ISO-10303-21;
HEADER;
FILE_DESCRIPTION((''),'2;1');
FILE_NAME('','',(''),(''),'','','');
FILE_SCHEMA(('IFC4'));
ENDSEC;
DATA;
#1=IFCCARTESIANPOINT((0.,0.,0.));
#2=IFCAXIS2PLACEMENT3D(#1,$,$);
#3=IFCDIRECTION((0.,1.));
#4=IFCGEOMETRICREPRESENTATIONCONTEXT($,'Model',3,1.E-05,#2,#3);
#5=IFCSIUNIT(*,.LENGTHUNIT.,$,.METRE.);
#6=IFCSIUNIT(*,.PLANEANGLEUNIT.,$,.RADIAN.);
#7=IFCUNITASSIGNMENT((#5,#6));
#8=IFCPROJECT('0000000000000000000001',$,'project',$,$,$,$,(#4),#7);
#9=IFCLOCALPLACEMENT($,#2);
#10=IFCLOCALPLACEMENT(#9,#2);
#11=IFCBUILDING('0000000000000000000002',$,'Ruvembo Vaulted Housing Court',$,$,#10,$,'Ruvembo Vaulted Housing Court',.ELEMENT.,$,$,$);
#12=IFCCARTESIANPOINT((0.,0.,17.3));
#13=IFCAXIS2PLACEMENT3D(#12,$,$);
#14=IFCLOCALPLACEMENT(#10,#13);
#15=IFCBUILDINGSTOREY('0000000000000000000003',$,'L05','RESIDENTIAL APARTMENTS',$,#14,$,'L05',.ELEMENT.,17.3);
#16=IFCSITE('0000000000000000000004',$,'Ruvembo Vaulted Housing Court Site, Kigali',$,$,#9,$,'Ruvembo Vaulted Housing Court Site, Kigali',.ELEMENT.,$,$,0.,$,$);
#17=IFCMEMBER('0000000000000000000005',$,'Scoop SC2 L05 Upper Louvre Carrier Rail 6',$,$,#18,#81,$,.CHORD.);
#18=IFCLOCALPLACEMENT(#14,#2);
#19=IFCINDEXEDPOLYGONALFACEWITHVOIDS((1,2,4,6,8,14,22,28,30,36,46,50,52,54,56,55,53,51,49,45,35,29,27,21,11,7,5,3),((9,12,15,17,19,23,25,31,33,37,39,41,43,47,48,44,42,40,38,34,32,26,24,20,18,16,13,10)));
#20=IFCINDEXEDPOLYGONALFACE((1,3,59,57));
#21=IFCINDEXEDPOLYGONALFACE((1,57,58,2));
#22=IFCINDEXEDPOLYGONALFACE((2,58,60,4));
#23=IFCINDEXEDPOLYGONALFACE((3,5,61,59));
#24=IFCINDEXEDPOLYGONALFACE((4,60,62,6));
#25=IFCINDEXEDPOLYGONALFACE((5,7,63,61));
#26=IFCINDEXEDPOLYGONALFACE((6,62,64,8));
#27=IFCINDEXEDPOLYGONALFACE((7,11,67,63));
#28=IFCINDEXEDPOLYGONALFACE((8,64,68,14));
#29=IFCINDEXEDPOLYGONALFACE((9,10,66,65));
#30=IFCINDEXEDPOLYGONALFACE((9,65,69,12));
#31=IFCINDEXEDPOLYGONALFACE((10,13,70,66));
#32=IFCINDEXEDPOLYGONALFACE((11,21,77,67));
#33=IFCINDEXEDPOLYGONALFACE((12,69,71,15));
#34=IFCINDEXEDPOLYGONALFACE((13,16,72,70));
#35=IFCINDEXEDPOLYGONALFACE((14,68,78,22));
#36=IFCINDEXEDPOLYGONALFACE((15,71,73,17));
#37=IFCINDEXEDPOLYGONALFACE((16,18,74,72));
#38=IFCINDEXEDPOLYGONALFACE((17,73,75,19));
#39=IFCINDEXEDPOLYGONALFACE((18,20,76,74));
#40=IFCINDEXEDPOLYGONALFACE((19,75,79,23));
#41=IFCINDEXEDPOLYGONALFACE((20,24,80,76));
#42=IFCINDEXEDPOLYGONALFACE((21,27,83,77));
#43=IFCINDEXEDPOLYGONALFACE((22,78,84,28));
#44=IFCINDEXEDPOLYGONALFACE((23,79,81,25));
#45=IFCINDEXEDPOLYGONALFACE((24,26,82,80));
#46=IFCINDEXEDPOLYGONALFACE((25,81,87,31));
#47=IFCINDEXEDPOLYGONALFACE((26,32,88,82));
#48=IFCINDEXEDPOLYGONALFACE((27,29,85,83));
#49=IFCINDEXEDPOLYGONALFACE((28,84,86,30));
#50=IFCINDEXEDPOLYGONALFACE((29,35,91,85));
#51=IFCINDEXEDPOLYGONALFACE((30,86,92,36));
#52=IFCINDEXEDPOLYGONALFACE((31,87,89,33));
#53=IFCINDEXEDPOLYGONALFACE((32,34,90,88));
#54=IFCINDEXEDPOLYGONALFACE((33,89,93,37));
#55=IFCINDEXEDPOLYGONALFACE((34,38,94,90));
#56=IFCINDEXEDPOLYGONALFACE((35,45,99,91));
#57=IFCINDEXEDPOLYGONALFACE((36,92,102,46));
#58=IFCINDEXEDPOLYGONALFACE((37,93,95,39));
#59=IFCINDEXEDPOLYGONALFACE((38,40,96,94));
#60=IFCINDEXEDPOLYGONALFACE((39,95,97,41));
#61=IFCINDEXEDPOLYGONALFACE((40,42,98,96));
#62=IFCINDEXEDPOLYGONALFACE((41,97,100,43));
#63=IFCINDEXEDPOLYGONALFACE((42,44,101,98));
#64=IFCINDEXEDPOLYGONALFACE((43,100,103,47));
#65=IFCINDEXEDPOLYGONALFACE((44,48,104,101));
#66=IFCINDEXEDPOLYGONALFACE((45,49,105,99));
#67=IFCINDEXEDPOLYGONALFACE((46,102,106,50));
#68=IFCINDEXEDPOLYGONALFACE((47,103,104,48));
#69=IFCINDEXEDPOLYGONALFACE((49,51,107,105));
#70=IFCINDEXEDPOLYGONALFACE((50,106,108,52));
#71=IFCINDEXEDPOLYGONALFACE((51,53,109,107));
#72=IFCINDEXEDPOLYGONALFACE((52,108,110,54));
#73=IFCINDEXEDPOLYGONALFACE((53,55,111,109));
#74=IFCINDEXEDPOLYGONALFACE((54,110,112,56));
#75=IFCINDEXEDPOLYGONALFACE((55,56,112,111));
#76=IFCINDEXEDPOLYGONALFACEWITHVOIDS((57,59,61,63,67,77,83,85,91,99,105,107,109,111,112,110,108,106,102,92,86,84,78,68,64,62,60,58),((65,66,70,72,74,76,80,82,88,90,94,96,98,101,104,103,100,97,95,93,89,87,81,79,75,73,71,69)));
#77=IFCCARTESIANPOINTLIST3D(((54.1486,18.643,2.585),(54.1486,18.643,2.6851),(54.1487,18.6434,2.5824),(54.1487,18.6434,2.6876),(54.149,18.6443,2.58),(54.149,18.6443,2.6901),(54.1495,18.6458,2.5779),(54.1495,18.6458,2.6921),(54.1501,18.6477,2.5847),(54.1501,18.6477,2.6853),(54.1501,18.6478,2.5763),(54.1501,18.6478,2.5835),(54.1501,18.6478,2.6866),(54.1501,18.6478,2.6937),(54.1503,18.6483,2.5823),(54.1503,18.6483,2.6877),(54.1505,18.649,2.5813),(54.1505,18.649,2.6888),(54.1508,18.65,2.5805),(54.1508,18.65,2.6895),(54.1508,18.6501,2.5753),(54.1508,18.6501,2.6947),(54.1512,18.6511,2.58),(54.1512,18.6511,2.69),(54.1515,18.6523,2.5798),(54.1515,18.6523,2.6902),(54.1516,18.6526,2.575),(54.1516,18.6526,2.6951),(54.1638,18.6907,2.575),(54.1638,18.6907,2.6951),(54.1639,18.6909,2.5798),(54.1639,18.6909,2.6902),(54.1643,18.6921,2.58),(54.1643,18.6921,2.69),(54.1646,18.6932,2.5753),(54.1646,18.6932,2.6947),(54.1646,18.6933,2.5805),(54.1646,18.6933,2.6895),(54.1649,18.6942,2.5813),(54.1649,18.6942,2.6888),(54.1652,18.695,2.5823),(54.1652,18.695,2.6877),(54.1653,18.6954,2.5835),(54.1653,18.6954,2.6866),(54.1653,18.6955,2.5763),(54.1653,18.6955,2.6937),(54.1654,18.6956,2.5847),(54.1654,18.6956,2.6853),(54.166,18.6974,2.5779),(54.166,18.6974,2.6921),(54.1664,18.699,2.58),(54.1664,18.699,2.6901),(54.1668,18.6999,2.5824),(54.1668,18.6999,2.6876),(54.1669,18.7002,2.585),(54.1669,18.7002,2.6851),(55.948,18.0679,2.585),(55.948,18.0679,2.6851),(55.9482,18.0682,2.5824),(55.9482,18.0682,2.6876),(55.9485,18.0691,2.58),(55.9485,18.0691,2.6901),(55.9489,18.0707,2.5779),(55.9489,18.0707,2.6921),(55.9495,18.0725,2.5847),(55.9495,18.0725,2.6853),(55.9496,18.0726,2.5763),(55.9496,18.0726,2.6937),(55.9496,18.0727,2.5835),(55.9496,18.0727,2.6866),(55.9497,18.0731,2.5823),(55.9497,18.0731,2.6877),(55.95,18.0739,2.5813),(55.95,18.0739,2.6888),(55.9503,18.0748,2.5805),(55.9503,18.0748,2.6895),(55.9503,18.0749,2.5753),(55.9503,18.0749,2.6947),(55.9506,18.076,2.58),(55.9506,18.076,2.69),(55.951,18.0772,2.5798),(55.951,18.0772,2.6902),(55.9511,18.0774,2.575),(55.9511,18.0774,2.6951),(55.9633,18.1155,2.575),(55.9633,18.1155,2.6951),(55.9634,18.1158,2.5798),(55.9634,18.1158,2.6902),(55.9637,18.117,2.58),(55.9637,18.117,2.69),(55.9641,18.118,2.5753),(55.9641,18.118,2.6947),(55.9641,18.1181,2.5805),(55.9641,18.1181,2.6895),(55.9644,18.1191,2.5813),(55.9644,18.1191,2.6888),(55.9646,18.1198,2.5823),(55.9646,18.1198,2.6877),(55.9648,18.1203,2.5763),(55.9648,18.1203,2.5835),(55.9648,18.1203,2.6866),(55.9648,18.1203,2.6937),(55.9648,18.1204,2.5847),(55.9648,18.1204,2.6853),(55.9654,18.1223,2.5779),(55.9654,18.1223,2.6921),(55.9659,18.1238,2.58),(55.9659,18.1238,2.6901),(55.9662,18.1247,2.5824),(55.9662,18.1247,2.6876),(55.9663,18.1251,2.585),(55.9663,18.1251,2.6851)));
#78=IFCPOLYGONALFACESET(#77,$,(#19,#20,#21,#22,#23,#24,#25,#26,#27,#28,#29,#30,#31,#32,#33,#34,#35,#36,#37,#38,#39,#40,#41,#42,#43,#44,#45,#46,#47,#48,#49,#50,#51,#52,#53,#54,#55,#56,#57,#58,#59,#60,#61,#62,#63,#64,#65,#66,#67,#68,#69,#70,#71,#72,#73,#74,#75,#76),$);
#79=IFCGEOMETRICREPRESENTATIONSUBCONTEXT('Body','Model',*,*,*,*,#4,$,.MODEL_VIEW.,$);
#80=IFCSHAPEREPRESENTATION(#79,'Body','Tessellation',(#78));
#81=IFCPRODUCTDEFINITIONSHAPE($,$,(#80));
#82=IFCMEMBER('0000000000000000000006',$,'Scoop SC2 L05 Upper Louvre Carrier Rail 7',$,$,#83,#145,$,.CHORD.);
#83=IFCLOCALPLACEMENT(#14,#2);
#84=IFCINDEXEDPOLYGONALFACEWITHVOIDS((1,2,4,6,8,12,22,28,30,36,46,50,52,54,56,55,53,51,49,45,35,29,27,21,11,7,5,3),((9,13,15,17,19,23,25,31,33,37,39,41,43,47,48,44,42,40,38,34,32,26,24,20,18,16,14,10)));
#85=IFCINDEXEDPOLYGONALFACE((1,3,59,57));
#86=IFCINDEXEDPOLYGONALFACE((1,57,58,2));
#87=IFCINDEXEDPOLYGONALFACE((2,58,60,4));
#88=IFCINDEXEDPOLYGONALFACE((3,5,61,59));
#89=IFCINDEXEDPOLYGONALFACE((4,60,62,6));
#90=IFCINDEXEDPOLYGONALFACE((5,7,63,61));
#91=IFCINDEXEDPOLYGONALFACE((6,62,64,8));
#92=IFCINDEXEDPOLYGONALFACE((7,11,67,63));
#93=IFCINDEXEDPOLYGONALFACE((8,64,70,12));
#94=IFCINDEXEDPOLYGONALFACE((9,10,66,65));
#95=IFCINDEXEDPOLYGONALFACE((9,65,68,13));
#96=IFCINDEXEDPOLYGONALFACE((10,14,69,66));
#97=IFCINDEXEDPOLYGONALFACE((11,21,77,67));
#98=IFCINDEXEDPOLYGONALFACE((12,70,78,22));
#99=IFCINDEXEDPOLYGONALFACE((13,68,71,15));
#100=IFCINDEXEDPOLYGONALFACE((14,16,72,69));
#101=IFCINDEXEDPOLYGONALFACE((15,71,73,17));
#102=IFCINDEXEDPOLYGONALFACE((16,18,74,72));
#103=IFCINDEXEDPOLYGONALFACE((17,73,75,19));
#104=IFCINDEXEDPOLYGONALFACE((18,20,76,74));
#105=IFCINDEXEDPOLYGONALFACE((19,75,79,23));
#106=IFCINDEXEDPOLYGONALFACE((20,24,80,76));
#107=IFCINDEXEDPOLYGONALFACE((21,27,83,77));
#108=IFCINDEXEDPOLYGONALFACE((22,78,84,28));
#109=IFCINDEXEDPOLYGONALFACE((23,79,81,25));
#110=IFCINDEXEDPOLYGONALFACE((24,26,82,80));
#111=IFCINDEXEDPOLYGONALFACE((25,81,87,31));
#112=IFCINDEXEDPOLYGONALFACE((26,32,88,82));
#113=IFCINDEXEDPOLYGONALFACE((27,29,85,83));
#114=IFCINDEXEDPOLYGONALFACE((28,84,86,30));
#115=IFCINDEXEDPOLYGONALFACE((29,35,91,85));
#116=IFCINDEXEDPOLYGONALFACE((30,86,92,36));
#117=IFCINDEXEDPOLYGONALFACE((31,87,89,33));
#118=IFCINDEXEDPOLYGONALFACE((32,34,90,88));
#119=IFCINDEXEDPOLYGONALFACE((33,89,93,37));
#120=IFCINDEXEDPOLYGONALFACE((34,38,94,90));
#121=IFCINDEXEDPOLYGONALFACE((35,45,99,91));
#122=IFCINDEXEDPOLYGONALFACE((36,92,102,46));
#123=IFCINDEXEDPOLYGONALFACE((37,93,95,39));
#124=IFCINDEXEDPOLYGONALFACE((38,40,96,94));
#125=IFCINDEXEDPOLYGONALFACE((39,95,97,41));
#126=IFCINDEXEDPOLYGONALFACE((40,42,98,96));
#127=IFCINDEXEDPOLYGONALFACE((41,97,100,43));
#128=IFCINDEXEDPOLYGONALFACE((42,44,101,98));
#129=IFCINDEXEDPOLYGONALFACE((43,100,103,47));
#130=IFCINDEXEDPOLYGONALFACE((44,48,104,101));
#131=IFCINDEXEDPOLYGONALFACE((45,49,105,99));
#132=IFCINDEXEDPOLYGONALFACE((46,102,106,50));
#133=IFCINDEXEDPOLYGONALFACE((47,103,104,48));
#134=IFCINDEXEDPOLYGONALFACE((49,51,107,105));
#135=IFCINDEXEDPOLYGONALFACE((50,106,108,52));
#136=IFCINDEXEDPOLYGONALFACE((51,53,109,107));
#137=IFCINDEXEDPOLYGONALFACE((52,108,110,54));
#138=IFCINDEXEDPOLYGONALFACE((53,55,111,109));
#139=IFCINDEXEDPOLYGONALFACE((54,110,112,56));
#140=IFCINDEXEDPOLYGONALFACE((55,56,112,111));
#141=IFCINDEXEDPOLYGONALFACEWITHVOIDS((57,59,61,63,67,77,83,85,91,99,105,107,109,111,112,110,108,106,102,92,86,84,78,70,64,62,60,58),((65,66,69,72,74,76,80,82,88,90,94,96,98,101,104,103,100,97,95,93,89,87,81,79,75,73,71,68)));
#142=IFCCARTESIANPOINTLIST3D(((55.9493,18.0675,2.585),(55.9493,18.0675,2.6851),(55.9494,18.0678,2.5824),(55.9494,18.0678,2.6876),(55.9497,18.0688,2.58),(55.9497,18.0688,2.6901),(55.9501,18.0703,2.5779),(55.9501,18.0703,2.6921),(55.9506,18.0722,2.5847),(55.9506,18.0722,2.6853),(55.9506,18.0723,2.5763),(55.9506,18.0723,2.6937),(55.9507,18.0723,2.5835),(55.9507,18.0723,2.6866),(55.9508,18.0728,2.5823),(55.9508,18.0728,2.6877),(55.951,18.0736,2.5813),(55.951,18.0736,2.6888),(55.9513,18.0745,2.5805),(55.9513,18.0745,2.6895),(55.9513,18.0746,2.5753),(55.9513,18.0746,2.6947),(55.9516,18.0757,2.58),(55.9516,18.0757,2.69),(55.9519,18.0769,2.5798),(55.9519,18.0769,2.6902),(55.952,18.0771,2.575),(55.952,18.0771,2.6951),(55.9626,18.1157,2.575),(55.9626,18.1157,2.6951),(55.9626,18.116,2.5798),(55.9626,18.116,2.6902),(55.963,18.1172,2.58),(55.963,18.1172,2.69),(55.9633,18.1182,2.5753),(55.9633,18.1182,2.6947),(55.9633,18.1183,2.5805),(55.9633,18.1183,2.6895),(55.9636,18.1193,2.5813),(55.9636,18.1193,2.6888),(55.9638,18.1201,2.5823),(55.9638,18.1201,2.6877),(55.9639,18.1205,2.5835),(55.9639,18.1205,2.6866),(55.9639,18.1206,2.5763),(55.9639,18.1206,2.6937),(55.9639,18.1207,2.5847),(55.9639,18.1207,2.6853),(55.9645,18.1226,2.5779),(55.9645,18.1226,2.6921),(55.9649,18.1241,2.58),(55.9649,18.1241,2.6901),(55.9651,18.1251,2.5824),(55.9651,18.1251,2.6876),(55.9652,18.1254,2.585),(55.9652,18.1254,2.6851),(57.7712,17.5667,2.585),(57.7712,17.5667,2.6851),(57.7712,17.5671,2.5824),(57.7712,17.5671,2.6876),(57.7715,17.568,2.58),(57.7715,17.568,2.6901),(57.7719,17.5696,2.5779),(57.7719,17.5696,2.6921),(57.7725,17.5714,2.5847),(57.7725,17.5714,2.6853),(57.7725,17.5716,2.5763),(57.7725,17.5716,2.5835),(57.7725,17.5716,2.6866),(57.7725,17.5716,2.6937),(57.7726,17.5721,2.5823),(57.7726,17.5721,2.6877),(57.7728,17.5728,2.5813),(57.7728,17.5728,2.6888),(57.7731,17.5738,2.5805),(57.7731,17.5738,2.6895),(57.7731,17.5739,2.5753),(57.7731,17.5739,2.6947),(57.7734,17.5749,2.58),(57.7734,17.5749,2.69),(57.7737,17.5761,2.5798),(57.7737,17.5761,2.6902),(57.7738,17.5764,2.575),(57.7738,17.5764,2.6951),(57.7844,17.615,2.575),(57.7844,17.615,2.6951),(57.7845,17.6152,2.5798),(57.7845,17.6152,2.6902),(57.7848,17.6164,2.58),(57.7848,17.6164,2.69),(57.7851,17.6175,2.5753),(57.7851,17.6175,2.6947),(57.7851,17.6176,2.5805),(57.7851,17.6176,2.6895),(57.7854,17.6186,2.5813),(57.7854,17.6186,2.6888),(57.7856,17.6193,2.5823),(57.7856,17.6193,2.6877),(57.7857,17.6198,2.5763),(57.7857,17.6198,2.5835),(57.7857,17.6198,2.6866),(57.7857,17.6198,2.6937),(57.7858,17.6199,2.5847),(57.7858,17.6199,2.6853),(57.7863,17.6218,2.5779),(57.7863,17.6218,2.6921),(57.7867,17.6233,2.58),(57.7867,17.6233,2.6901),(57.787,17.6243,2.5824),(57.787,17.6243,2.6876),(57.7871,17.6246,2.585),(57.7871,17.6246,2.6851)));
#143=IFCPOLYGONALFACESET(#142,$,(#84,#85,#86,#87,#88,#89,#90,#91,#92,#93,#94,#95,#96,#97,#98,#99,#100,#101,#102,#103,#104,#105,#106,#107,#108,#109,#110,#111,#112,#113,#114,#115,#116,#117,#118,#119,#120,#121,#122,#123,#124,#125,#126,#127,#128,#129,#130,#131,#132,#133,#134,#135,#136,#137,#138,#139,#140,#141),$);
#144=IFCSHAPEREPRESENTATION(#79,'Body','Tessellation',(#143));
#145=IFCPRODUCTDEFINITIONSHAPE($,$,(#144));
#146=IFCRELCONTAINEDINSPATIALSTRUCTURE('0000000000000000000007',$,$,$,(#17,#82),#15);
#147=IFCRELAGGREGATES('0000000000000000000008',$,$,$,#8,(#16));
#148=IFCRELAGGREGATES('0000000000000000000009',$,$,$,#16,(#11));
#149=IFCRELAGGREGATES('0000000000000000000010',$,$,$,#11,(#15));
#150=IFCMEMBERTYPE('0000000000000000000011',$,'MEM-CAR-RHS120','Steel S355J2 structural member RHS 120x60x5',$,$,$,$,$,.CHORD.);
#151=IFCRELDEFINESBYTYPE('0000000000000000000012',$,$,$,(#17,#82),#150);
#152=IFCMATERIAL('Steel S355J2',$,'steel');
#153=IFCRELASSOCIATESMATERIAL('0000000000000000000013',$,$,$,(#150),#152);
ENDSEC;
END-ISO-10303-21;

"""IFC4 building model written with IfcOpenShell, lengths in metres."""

from ifc_helpers import new_model, si_unit, direction, frame, origin, origin_2d, place, context, subcontext, project, spatial, hollow_rectangle, extrude, material, material_profile, profile_set, type_object, element, save


model = new_model("IFC4")

# Units and contexts
model_context = context("Model", 3, precision=1e-05, world=origin(), true_north=direction((0.0, 1.0)))
body_context = subcontext(model_context, "Body", "Model", "MODEL_VIEW")
ifc_project = project(units=[si_unit("LENGTHUNIT", "METRE"), si_unit("PLANEANGLEUNIT", "RADIAN")], contexts=[model_context])

# Site, building, storey
site_placement = place(None, origin())
site = spatial("IfcSite", under=ifc_project, at=site_placement, Name="Ruvembo Vaulted Housing Court Site, Kigali", LongName="Ruvembo Vaulted Housing Court Site, Kigali", CompositionType="ELEMENT", RefElevation=0.0)
building_placement = place(site_placement, origin())
building = spatial("IfcBuilding", under=site, at=building_placement, Name="Ruvembo Vaulted Housing Court", LongName="Ruvembo Vaulted Housing Court", CompositionType="ELEMENT")
storey_placement = place(building_placement, frame((0.0, 0.0, 17.3)))
storey = spatial("IfcBuildingStorey", under=building, at=storey_placement, Name="L05", Description="RESIDENTIAL APARTMENTS", LongName="L05", CompositionType="ELEMENT", Elevation=17.3)

# Shared definitions
ifc_material_1 = material(Name="Steel S355J2", Category="steel")

# Members
ifc_material_profile_1 = material_profile(ifc_material_1, hollow_rectangle(XDim=0.0601, YDim=0.1201, WallThickness=0.0049, InnerFilletRadius=0.0049, OuterFilletRadius=0.01, at=origin_2d()), Name="RHS 120x60x5")
ifc_profile_set_1 = profile_set([ifc_material_profile_1], Name="Steel S355J2")
member_type_1 = type_object("IfcMemberType", Name="MEM-CAR-RHS120", Description="Steel S355J2 structural member RHS 120x60x5", PredefinedType="CHORD", material=ifc_profile_set_1)
member_1_placement = place(storey_placement, frame((54.1577, 18.6716, 2.635), z_axis=(0.952526, -0.304457, 0.0), x_axis=(0.304457, 0.952526, 0.0)))
element("IfcMember", 1, at=member_1_placement, inside=storey, type_object=member_type_1, Name="Scoop SC2 L05 Upper Louvre Carrier Rail 6", PredefinedType="CHORD", context=body_context, shape_type="SweptSolid", body=[
    extrude(hollow_rectangle(XDim=0.0601, YDim=0.1201, WallThickness=0.0049, InnerFilletRadius=0.0049, OuterFilletRadius=0.01, at=origin_2d()), origin(), (0.0, 0.0, 1.0), 1.8892),
])
member_2_placement = place(storey_placement, frame((55.9573, 18.0964, 2.635), z_axis=(0.96424, -0.26503, 0.0), x_axis=(0.26503, 0.96424, 0.0)))
element("IfcMember", 2, at=member_2_placement, inside=storey, type_object=member_type_1, Name="Scoop SC2 L05 Upper Louvre Carrier Rail 7", PredefinedType="CHORD", context=body_context, shape_type="SweptSolid", body=[
    extrude(hollow_rectangle(XDim=0.0601, YDim=0.1201, WallThickness=0.0049, InnerFilletRadius=0.0049, OuterFilletRadius=0.01, at=origin_2d()), origin(), (0.0, 0.0, 1.0), 1.8894),
])

save(model, "model.ifc")
